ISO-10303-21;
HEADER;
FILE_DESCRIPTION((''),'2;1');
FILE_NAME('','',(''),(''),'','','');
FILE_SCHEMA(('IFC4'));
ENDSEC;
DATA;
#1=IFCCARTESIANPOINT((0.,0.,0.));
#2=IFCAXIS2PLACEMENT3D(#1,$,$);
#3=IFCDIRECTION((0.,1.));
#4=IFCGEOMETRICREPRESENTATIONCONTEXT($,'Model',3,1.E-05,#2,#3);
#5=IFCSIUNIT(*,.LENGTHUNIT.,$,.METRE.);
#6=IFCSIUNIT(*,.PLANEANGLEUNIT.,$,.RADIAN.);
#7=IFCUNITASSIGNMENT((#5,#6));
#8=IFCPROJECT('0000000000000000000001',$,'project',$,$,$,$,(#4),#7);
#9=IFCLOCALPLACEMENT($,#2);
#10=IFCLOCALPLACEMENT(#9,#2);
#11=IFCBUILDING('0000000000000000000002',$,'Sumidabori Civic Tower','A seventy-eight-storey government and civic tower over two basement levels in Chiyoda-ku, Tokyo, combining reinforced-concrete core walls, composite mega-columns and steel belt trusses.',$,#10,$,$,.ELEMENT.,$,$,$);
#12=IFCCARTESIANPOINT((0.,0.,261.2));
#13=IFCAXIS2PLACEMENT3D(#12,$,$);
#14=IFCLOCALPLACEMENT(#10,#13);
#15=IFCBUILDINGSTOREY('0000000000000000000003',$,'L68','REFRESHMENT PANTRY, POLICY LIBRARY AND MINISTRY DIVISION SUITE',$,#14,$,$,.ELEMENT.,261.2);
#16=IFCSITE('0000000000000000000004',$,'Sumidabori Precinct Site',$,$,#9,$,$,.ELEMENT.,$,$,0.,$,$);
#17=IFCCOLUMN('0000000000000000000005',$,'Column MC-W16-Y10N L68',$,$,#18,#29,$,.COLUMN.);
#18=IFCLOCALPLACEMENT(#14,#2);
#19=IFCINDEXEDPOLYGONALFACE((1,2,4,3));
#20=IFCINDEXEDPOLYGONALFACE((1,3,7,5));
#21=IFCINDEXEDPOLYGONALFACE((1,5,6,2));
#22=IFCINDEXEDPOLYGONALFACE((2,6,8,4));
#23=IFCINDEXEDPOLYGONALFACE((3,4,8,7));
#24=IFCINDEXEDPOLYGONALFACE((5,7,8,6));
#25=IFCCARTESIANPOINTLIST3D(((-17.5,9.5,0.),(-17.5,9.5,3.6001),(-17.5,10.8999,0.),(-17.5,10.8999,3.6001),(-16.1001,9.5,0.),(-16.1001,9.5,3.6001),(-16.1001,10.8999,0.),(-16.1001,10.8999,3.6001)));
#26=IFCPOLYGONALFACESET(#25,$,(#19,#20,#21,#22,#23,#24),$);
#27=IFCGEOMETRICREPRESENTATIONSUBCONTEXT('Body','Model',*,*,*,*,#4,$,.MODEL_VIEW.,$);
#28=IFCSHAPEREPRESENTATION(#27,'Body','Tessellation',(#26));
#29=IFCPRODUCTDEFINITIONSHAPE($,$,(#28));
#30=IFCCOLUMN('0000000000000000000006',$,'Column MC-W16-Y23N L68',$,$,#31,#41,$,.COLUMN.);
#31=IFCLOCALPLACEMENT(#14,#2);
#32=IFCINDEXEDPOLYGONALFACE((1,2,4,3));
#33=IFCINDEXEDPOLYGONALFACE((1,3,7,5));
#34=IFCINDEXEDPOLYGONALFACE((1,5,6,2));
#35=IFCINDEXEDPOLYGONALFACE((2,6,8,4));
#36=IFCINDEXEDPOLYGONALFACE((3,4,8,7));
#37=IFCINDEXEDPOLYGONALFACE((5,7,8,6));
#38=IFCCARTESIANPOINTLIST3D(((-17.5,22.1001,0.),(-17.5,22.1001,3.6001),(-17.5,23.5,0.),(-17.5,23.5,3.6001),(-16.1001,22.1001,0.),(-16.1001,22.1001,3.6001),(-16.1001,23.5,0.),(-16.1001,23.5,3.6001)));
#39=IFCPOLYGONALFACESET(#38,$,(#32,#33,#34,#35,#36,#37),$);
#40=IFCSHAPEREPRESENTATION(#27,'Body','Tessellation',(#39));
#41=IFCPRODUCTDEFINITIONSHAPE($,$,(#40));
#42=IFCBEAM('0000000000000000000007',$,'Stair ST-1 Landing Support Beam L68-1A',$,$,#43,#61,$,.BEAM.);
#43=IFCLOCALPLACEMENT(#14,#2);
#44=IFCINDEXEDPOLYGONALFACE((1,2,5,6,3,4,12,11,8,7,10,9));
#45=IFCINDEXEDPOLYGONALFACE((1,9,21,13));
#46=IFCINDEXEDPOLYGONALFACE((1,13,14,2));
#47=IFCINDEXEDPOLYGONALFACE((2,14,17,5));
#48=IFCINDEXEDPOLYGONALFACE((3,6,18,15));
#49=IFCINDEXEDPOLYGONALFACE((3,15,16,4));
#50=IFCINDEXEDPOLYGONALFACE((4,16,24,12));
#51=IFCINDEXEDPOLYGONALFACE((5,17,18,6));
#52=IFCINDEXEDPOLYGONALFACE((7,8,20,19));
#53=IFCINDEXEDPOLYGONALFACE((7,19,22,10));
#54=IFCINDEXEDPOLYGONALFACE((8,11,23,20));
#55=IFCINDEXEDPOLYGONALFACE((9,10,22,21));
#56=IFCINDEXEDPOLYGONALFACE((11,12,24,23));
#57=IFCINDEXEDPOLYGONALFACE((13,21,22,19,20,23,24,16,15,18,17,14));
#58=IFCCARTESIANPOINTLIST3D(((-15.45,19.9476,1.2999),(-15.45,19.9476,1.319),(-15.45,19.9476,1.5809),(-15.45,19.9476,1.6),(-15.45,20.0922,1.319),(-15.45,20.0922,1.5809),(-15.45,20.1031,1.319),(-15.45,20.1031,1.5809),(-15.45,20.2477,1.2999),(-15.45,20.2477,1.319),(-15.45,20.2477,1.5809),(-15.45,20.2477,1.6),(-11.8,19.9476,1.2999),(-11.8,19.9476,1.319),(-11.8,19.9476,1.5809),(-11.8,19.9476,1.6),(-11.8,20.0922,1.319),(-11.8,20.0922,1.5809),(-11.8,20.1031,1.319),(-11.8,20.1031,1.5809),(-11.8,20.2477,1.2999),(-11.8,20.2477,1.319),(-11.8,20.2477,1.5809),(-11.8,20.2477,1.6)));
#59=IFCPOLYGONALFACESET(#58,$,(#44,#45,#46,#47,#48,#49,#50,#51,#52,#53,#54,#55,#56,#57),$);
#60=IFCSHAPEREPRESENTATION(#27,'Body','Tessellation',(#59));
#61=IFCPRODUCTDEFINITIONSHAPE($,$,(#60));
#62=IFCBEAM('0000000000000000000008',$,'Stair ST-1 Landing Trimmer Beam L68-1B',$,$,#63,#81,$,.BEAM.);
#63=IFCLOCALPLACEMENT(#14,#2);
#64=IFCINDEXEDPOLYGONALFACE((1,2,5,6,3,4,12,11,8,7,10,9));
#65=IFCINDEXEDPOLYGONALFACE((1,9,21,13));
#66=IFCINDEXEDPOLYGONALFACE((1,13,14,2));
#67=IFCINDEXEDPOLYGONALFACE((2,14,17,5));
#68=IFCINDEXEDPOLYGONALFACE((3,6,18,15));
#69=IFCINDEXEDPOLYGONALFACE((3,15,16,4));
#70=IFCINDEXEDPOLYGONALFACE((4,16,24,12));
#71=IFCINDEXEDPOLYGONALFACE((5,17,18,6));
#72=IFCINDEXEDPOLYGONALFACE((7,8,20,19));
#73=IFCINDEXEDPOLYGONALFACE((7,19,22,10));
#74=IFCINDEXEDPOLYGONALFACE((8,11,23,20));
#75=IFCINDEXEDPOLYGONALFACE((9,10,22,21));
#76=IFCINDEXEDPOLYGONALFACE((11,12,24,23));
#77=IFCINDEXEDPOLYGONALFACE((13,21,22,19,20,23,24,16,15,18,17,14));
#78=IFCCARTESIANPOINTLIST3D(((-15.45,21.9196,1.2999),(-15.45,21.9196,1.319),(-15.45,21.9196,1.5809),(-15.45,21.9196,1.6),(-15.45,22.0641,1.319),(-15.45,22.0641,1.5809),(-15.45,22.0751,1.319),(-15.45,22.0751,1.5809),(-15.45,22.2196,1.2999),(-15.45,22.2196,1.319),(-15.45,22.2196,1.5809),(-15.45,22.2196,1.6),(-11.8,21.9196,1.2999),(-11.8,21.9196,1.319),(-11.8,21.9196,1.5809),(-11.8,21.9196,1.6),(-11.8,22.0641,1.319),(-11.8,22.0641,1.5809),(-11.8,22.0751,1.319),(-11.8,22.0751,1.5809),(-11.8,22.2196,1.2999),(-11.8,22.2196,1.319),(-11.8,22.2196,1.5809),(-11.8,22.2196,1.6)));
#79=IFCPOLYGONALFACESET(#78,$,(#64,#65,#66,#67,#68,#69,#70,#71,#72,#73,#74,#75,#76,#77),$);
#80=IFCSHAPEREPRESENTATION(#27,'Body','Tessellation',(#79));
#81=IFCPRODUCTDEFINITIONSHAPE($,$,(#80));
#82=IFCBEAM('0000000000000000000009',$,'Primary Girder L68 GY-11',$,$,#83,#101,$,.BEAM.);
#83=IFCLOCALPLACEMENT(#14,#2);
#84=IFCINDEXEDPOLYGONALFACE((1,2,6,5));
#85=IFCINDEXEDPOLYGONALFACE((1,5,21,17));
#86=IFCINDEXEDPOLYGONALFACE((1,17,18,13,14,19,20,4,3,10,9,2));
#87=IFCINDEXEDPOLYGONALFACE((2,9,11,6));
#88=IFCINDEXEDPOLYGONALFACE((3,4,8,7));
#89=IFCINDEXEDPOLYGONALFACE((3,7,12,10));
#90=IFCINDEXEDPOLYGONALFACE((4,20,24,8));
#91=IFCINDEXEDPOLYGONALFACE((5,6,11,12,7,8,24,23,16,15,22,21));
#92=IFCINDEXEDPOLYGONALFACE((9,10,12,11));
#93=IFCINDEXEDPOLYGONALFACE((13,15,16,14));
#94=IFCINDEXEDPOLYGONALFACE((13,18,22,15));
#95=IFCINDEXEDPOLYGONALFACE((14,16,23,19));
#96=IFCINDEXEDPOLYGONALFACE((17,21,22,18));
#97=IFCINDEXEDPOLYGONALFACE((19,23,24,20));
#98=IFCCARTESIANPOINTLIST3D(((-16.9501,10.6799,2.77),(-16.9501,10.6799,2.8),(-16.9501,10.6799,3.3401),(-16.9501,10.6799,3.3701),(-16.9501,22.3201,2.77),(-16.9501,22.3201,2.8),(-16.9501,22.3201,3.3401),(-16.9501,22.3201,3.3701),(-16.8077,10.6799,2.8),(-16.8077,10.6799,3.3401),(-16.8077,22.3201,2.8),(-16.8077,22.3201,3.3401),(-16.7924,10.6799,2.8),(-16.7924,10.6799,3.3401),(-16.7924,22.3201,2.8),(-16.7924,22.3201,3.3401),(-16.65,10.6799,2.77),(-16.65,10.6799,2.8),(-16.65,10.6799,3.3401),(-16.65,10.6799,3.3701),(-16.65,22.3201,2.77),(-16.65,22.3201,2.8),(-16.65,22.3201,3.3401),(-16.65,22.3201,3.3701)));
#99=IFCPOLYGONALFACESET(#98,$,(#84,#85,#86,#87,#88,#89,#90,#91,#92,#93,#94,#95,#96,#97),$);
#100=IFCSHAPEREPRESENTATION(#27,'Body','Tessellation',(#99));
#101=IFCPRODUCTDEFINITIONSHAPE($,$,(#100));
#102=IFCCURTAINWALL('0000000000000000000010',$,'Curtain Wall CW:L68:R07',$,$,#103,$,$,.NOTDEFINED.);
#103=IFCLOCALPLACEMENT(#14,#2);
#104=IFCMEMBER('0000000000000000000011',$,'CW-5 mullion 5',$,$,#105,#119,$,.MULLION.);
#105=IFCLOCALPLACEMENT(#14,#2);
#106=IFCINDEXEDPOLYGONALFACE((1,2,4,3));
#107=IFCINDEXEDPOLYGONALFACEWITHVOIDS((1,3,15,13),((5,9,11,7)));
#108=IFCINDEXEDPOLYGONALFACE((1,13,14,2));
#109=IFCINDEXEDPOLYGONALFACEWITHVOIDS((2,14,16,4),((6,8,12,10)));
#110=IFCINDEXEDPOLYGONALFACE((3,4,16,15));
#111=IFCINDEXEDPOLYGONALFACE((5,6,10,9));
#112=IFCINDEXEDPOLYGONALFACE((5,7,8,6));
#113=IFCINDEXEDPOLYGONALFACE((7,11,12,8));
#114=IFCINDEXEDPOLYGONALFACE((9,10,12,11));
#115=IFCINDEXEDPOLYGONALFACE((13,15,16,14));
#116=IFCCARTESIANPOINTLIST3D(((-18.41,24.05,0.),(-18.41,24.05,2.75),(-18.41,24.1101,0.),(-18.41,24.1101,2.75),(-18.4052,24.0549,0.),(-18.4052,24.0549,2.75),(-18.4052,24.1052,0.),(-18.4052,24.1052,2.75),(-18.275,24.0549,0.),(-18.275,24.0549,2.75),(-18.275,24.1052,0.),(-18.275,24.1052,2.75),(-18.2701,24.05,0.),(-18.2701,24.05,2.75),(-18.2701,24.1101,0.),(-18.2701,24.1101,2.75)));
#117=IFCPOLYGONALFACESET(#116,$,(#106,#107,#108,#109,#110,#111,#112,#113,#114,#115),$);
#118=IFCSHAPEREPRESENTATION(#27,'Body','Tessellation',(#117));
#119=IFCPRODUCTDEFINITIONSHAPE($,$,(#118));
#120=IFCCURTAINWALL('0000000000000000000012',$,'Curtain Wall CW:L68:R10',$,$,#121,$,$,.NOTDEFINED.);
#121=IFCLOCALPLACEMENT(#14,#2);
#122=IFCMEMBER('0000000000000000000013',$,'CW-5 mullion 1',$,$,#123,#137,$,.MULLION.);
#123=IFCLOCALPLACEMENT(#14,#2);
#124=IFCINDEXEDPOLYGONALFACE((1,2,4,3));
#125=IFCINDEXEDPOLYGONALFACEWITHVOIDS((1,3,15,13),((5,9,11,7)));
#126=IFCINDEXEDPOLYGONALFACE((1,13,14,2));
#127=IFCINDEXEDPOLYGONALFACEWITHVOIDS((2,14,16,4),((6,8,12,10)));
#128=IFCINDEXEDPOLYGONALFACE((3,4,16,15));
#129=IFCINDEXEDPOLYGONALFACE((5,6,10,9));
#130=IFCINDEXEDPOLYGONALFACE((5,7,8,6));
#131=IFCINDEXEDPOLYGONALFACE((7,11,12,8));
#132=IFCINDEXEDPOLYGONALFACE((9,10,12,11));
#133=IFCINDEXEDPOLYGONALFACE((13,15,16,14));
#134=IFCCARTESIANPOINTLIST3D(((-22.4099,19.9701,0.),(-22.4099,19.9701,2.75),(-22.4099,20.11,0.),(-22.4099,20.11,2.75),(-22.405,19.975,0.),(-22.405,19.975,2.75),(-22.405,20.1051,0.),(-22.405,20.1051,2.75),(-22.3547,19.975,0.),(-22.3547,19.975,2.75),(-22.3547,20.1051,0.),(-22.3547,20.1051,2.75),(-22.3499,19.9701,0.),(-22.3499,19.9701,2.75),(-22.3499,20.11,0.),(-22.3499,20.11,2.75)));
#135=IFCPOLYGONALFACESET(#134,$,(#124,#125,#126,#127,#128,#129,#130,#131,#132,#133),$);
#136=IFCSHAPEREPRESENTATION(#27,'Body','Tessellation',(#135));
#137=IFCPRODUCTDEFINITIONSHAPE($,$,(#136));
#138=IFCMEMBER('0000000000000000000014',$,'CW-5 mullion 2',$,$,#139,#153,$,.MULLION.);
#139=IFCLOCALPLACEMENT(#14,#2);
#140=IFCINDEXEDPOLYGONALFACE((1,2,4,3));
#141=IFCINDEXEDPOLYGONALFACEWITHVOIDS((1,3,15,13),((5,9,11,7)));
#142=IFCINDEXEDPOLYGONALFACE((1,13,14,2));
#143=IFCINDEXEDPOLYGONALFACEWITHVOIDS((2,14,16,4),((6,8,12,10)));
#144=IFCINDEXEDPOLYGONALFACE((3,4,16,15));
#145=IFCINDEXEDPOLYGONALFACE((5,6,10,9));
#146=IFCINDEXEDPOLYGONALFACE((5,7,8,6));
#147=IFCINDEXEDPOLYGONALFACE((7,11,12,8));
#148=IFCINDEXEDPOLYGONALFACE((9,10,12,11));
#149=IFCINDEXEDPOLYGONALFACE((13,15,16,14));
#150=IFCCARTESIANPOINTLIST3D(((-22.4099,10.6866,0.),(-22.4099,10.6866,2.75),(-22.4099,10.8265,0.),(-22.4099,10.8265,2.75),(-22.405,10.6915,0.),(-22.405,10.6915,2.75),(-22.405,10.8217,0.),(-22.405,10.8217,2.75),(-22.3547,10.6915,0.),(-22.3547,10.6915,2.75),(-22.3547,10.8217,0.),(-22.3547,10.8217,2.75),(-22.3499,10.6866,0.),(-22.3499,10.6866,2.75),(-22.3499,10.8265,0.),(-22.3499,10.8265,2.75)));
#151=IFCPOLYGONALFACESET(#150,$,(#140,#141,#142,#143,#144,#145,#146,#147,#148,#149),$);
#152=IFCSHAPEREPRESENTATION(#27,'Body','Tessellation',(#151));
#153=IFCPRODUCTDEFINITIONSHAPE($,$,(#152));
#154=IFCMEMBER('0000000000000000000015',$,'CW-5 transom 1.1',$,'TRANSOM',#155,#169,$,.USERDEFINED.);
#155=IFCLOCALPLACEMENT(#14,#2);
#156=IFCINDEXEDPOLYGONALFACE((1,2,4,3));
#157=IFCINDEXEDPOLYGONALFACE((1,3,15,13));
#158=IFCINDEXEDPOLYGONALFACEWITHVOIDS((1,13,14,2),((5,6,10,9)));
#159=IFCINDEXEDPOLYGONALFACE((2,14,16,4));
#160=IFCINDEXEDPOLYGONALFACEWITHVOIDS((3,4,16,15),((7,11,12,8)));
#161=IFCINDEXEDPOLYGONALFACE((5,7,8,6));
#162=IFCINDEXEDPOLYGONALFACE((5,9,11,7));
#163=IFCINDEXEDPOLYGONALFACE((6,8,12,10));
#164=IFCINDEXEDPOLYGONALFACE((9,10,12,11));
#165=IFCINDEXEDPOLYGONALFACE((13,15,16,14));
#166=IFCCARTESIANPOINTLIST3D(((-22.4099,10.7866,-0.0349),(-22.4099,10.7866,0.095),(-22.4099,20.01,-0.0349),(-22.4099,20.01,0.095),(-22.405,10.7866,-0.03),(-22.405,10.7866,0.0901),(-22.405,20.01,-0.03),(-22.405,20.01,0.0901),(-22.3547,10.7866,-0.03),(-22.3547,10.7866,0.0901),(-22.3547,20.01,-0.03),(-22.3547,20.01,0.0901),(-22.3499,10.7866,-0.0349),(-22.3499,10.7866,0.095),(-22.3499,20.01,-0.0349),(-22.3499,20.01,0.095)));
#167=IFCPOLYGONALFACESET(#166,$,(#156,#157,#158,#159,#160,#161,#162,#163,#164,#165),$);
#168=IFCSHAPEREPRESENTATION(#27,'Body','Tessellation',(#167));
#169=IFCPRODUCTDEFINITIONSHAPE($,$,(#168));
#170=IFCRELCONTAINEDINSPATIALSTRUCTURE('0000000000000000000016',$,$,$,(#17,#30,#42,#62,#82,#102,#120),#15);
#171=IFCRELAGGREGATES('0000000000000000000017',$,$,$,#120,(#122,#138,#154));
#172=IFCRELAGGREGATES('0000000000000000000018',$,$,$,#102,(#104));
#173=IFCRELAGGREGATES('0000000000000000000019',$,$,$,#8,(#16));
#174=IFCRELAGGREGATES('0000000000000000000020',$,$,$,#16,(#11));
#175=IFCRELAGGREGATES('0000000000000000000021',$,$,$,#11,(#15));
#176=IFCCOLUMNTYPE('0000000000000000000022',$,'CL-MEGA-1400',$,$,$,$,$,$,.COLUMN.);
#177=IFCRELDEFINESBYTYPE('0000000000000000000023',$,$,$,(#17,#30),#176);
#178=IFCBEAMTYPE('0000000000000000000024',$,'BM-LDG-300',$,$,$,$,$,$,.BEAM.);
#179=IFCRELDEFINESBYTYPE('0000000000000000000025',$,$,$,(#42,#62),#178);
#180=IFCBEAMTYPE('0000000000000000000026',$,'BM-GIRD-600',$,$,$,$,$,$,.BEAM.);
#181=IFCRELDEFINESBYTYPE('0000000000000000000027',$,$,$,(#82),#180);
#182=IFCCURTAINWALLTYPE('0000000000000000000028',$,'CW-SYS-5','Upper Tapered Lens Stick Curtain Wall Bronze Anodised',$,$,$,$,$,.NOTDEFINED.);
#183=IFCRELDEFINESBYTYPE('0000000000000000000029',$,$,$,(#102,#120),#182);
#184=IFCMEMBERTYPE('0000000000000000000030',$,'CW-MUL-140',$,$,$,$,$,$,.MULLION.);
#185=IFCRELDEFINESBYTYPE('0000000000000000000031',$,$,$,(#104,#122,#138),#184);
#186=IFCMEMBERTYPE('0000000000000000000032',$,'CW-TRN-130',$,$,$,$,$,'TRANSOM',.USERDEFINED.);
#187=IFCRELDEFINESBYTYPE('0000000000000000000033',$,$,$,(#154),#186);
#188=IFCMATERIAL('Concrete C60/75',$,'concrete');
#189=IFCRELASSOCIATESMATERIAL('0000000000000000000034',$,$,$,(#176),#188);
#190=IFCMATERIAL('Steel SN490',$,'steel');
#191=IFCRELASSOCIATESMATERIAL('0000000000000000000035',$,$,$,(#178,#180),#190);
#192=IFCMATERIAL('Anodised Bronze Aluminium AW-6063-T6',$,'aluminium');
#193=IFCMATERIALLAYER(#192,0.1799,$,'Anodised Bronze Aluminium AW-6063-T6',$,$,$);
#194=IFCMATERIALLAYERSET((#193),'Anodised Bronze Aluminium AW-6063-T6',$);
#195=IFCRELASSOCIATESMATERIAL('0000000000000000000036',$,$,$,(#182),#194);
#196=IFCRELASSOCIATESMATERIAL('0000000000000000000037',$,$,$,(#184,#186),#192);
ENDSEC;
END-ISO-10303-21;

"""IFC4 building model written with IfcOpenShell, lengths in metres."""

from ifc_helpers import new_model, si_unit, direction, frame, origin, origin_2d, place, context, subcontext, project, spatial, rectangle, hollow_rectangle, i_section, extrude, source, transform, mapped, material, layer, layer_set, material_profile, profile_set, type_object, element, aggregate, save


model = new_model("IFC4")

# Units and contexts
model_context = context("Model", 3, precision=1e-05, world=origin(), true_north=direction((0.0, 1.0)))
body_context = subcontext(model_context, "Body", "Model", "MODEL_VIEW")
ifc_project = project(units=[si_unit("LENGTHUNIT", "METRE"), si_unit("PLANEANGLEUNIT", "RADIAN")], contexts=[model_context])

# Site, building, storey
site_placement = place(None, origin())
site = spatial("IfcSite", under=ifc_project, at=site_placement, Name="Sumidabori Precinct Site", CompositionType="ELEMENT", RefElevation=0.0)
building_placement = place(site_placement, origin())
building = spatial("IfcBuilding", under=site, at=building_placement, Name="Sumidabori Civic Tower", Description="A seventy-eight-storey government and civic tower over two basement levels in Chiyoda-ku, Tokyo, combining reinforced-concrete core walls, composite mega-columns and steel belt trusses.", CompositionType="ELEMENT")
storey_placement = place(building_placement, frame((0.0, 0.0, 261.2)))
storey = spatial("IfcBuildingStorey", under=building, at=storey_placement, Name="L68", Description="REFRESHMENT PANTRY, POLICY LIBRARY AND MINISTRY DIVISION SUITE", CompositionType="ELEMENT", Elevation=261.2)

# Columns
ifc_material_1 = material(Name="Concrete C60/75", Category="concrete")
ifc_material_profile_1 = material_profile(ifc_material_1, rectangle(XDim=1.3999, YDim=1.3999, at=origin_2d()), Name="RC 1400x1400")
ifc_profile_set_1 = profile_set([ifc_material_profile_1], Name="Concrete C60/75")
column_type = type_object("IfcColumnType", Name="CL-MEGA-1400", PredefinedType="COLUMN", material=ifc_profile_set_1)
shared_shape_1 = source(origin(), body_context, "Body", "SweptSolid", [
    extrude(rectangle(XDim=1.3999, YDim=1.3999, at=origin_2d()), origin(), (0.0, 0.0, 1.0), 3.6001),
])
for number, where, z_axis, x_axis, name in (
    (1, (-16.8, 10.2, 0.0), (0.0, 0.0, 1.0), (1.0, 0.0, 0.0), "Column MC-W16-Y10N L68"),
    (2, (-16.8, 22.8, 0.0), (0.0, 0.0, 1.0), (1.0, 0.0, 0.0), "Column MC-W16-Y23N L68"),
):
    element("IfcColumn", number, at=place(storey_placement, frame(where, z_axis=z_axis, x_axis=x_axis)), inside=storey, type_object=column_type, Name=name, PredefinedType="COLUMN", context=body_context, shape_type="MappedRepresentation", body=[
        mapped(shared_shape_1, transform((0.0, 0.0, 0.0), x_axis=(1.0, 0.0, 0.0), y_axis=(0.0, 1.0, 0.0), z_axis=(0.0, 0.0, 1.0), scale=1.0)),
    ])

# Beams
ifc_material_2 = material(Name="Steel SN490", Category="steel")
ifc_material_profile_2 = material_profile(ifc_material_2, i_section(OverallWidth=0.3, OverallDepth=0.3, WebThickness=0.011, FlangeThickness=0.019, at=origin_2d()), Name="HE 300 B")
ifc_profile_set_2 = profile_set([ifc_material_profile_2], Name="Steel SN490")
beam_type_1 = type_object("IfcBeamType", Name="BM-LDG-300", PredefinedType="BEAM", material=ifc_profile_set_2)
shared_shape_2 = source(origin(), body_context, "Body", "SweptSolid", [
    extrude(i_section(OverallWidth=0.3, OverallDepth=0.3, WebThickness=0.011, FlangeThickness=0.019, at=origin_2d()), origin(), (0.0, 0.0, 1.0), 3.6499),
])
for number, where, z_axis, x_axis, name in (
    (3, (-15.45, 20.0977, 1.45), (1.0, 0.0, 0.0), (0.0, 1.0, 0.0), "Stair ST-1 Landing Support Beam L68-1A"),
    (4, (-15.45, 22.0696, 1.45), (1.0, 0.0, 0.0), (0.0, 1.0, 0.0), "Stair ST-1 Landing Trimmer Beam L68-1B"),
):
    element("IfcBeam", number, at=place(storey_placement, frame(where, z_axis=z_axis, x_axis=x_axis)), inside=storey, type_object=beam_type_1, Name=name, PredefinedType="BEAM", context=body_context, shape_type="MappedRepresentation", body=[
        mapped(shared_shape_2, transform((0.0, 0.0, 0.0), x_axis=(1.0, 0.0, 0.0), y_axis=(0.0, 1.0, 0.0), z_axis=(0.0, 0.0, 1.0), scale=1.0)),
    ])
ifc_material_profile_3 = material_profile(ifc_material_2, i_section(OverallWidth=0.3, OverallDepth=0.6001, WebThickness=0.0154, FlangeThickness=0.03, at=origin_2d()), Name="HE 600 B")
ifc_profile_set_3 = profile_set([ifc_material_profile_3], Name="Steel SN490")
beam_type_2 = type_object("IfcBeamType", Name="BM-GIRD-600", PredefinedType="BEAM", material=ifc_profile_set_3)
shared_shape_3 = source(origin(), body_context, "Body", "SweptSolid", [
    extrude(i_section(OverallWidth=0.3, OverallDepth=0.6001, WebThickness=0.0154, FlangeThickness=0.03, at=origin_2d()), origin(), (0.0, 0.0, 1.0), 11.6401),
])
beam_placement = place(storey_placement, frame((-16.8, 10.6799, 3.0701), z_axis=(0.0, 1.0, 0.0), x_axis=(-1.0, 0.0, 0.0)))
element("IfcBeam", 5, at=beam_placement, inside=storey, type_object=beam_type_2, Name="Primary Girder L68 GY-11", PredefinedType="BEAM", context=body_context, shape_type="MappedRepresentation", body=[
    mapped(shared_shape_3, transform((0.0, 0.0, 0.0), x_axis=(1.0, 0.0, 0.0), y_axis=(0.0, 1.0, 0.0), z_axis=(0.0, 0.0, 1.0), scale=1.0)),
])

# Curtain wall, member
ifc_material_3 = material(Name="Anodised Bronze Aluminium AW-6063-T6", Category="aluminium")
ifc_layer_1 = layer(ifc_material_3, 0.1799, Name="Anodised Bronze Aluminium AW-6063-T6")
ifc_layer_set_1 = layer_set([ifc_layer_1], Name="Anodised Bronze Aluminium AW-6063-T6")
curtain_wall_type = type_object("IfcCurtainWallType", Name="CW-SYS-5", Description="Upper Tapered Lens Stick Curtain Wall Bronze Anodised", PredefinedType="NOTDEFINED", material=ifc_layer_set_1)
curtain_wall_1_placement = place(storey_placement, origin())
curtain_wall_1 = element("IfcCurtainWall", 6, at=curtain_wall_1_placement, inside=storey, type_object=curtain_wall_type, Name="Curtain Wall CW:L68:R07", PredefinedType="NOTDEFINED")
ifc_material_profile_4 = material_profile(ifc_material_3, hollow_rectangle(XDim=0.0601, YDim=0.1399, WallThickness=0.0049, at=origin_2d()), Name="ALU MULLION 140x60")
ifc_profile_set_4 = profile_set([ifc_material_profile_4], Name="Anodised Bronze Aluminium AW-6063-T6")
member_type_1 = type_object("IfcMemberType", Name="CW-MUL-140", PredefinedType="MULLION", material=ifc_profile_set_4)
shared_shape_4 = source(origin(), body_context, "Body", "SweptSolid", [
    extrude(hollow_rectangle(XDim=0.0601, YDim=0.1399, WallThickness=0.0049, at=origin_2d()), origin(), (0.0, 0.0, 1.0), 2.75),
])
member_1_placement = place(storey_placement, frame((-18.3401, 24.0801, 0.0), z_axis=(0.0, 0.0, 1.0), x_axis=(0.0, -1.0, 0.0)))
member_1 = element("IfcMember", 7, at=member_1_placement, type_object=member_type_1, Name="CW-5 mullion 5", PredefinedType="MULLION", context=body_context, shape_type="MappedRepresentation", body=[
    mapped(shared_shape_4, transform((0.0, 0.0, 0.0), x_axis=(1.0, 0.0, 0.0), y_axis=(0.0, 1.0, 0.0), z_axis=(0.0, 0.0, 1.0), scale=1.0)),
])

# Curtain wall, members
curtain_wall_2_placement = place(storey_placement, origin())
curtain_wall_2 = element("IfcCurtainWall", 8, at=curtain_wall_2_placement, inside=storey, type_object=curtain_wall_type, Name="Curtain Wall CW:L68:R10", PredefinedType="NOTDEFINED")
member_2_placement = place(storey_placement, frame((-22.3799, 20.04, 0.0), z_axis=(0.0, 0.0, 1.0), x_axis=(1.0, 0.0, 0.0)))
member_2 = element("IfcMember", 9, at=member_2_placement, type_object=member_type_1, Name="CW-5 mullion 1", PredefinedType="MULLION", context=body_context, shape_type="MappedRepresentation", body=[
    mapped(shared_shape_4, transform((0.0, 0.0, 0.0), x_axis=(1.0, 0.0, 0.0), y_axis=(0.0, 1.0, 0.0), z_axis=(0.0, 0.0, 1.0), scale=1.0)),
])
member_3_placement = place(storey_placement, frame((-22.3799, 10.7566, 0.0), z_axis=(0.0, 0.0, 1.0), x_axis=(1.0, 0.0, 0.0)))
member_3 = element("IfcMember", 10, at=member_3_placement, type_object=member_type_1, Name="CW-5 mullion 2", PredefinedType="MULLION", context=body_context, shape_type="MappedRepresentation", body=[
    mapped(shared_shape_4, transform((0.0, 0.0, 0.0), x_axis=(1.0, 0.0, 0.0), y_axis=(0.0, 1.0, 0.0), z_axis=(0.0, 0.0, 1.0), scale=1.0)),
])
ifc_material_profile_5 = material_profile(ifc_material_3, hollow_rectangle(XDim=0.0601, YDim=0.1299, WallThickness=0.0049, at=origin_2d()), Name="ALU TRANSOM 130x60")
ifc_profile_set_5 = profile_set([ifc_material_profile_5], Name="Anodised Bronze Aluminium AW-6063-T6")
member_type_2 = type_object("IfcMemberType", Name="CW-TRN-130", ElementType="TRANSOM", PredefinedType="USERDEFINED", material=ifc_profile_set_5)
shared_shape_5 = source(origin(), body_context, "Body", "SweptSolid", [
    extrude(hollow_rectangle(XDim=0.0601, YDim=0.1299, WallThickness=0.0049, at=origin_2d()), origin(), (0.0, 0.0, 1.0), 9.2234),
])
member_4_placement = place(storey_placement, frame((-22.3799, 20.01, 0.03), z_axis=(0.0, -1.0, 0.0), x_axis=(1.0, 0.0, 0.0)))
member_4 = element("IfcMember", 11, at=member_4_placement, type_object=member_type_2, Name="CW-5 transom 1.1", ObjectType="TRANSOM", PredefinedType="USERDEFINED", context=body_context, shape_type="MappedRepresentation", body=[
    mapped(shared_shape_5, transform((0.0, 0.0, 0.0), x_axis=(1.0, 0.0, 0.0), y_axis=(0.0, 1.0, 0.0), z_axis=(0.0, 0.0, 1.0), scale=1.0)),
])
aggregate(curtain_wall_2, [member_2, member_3, member_4])

aggregate(curtain_wall_1, [member_1])

save(model, "model.ifc")
